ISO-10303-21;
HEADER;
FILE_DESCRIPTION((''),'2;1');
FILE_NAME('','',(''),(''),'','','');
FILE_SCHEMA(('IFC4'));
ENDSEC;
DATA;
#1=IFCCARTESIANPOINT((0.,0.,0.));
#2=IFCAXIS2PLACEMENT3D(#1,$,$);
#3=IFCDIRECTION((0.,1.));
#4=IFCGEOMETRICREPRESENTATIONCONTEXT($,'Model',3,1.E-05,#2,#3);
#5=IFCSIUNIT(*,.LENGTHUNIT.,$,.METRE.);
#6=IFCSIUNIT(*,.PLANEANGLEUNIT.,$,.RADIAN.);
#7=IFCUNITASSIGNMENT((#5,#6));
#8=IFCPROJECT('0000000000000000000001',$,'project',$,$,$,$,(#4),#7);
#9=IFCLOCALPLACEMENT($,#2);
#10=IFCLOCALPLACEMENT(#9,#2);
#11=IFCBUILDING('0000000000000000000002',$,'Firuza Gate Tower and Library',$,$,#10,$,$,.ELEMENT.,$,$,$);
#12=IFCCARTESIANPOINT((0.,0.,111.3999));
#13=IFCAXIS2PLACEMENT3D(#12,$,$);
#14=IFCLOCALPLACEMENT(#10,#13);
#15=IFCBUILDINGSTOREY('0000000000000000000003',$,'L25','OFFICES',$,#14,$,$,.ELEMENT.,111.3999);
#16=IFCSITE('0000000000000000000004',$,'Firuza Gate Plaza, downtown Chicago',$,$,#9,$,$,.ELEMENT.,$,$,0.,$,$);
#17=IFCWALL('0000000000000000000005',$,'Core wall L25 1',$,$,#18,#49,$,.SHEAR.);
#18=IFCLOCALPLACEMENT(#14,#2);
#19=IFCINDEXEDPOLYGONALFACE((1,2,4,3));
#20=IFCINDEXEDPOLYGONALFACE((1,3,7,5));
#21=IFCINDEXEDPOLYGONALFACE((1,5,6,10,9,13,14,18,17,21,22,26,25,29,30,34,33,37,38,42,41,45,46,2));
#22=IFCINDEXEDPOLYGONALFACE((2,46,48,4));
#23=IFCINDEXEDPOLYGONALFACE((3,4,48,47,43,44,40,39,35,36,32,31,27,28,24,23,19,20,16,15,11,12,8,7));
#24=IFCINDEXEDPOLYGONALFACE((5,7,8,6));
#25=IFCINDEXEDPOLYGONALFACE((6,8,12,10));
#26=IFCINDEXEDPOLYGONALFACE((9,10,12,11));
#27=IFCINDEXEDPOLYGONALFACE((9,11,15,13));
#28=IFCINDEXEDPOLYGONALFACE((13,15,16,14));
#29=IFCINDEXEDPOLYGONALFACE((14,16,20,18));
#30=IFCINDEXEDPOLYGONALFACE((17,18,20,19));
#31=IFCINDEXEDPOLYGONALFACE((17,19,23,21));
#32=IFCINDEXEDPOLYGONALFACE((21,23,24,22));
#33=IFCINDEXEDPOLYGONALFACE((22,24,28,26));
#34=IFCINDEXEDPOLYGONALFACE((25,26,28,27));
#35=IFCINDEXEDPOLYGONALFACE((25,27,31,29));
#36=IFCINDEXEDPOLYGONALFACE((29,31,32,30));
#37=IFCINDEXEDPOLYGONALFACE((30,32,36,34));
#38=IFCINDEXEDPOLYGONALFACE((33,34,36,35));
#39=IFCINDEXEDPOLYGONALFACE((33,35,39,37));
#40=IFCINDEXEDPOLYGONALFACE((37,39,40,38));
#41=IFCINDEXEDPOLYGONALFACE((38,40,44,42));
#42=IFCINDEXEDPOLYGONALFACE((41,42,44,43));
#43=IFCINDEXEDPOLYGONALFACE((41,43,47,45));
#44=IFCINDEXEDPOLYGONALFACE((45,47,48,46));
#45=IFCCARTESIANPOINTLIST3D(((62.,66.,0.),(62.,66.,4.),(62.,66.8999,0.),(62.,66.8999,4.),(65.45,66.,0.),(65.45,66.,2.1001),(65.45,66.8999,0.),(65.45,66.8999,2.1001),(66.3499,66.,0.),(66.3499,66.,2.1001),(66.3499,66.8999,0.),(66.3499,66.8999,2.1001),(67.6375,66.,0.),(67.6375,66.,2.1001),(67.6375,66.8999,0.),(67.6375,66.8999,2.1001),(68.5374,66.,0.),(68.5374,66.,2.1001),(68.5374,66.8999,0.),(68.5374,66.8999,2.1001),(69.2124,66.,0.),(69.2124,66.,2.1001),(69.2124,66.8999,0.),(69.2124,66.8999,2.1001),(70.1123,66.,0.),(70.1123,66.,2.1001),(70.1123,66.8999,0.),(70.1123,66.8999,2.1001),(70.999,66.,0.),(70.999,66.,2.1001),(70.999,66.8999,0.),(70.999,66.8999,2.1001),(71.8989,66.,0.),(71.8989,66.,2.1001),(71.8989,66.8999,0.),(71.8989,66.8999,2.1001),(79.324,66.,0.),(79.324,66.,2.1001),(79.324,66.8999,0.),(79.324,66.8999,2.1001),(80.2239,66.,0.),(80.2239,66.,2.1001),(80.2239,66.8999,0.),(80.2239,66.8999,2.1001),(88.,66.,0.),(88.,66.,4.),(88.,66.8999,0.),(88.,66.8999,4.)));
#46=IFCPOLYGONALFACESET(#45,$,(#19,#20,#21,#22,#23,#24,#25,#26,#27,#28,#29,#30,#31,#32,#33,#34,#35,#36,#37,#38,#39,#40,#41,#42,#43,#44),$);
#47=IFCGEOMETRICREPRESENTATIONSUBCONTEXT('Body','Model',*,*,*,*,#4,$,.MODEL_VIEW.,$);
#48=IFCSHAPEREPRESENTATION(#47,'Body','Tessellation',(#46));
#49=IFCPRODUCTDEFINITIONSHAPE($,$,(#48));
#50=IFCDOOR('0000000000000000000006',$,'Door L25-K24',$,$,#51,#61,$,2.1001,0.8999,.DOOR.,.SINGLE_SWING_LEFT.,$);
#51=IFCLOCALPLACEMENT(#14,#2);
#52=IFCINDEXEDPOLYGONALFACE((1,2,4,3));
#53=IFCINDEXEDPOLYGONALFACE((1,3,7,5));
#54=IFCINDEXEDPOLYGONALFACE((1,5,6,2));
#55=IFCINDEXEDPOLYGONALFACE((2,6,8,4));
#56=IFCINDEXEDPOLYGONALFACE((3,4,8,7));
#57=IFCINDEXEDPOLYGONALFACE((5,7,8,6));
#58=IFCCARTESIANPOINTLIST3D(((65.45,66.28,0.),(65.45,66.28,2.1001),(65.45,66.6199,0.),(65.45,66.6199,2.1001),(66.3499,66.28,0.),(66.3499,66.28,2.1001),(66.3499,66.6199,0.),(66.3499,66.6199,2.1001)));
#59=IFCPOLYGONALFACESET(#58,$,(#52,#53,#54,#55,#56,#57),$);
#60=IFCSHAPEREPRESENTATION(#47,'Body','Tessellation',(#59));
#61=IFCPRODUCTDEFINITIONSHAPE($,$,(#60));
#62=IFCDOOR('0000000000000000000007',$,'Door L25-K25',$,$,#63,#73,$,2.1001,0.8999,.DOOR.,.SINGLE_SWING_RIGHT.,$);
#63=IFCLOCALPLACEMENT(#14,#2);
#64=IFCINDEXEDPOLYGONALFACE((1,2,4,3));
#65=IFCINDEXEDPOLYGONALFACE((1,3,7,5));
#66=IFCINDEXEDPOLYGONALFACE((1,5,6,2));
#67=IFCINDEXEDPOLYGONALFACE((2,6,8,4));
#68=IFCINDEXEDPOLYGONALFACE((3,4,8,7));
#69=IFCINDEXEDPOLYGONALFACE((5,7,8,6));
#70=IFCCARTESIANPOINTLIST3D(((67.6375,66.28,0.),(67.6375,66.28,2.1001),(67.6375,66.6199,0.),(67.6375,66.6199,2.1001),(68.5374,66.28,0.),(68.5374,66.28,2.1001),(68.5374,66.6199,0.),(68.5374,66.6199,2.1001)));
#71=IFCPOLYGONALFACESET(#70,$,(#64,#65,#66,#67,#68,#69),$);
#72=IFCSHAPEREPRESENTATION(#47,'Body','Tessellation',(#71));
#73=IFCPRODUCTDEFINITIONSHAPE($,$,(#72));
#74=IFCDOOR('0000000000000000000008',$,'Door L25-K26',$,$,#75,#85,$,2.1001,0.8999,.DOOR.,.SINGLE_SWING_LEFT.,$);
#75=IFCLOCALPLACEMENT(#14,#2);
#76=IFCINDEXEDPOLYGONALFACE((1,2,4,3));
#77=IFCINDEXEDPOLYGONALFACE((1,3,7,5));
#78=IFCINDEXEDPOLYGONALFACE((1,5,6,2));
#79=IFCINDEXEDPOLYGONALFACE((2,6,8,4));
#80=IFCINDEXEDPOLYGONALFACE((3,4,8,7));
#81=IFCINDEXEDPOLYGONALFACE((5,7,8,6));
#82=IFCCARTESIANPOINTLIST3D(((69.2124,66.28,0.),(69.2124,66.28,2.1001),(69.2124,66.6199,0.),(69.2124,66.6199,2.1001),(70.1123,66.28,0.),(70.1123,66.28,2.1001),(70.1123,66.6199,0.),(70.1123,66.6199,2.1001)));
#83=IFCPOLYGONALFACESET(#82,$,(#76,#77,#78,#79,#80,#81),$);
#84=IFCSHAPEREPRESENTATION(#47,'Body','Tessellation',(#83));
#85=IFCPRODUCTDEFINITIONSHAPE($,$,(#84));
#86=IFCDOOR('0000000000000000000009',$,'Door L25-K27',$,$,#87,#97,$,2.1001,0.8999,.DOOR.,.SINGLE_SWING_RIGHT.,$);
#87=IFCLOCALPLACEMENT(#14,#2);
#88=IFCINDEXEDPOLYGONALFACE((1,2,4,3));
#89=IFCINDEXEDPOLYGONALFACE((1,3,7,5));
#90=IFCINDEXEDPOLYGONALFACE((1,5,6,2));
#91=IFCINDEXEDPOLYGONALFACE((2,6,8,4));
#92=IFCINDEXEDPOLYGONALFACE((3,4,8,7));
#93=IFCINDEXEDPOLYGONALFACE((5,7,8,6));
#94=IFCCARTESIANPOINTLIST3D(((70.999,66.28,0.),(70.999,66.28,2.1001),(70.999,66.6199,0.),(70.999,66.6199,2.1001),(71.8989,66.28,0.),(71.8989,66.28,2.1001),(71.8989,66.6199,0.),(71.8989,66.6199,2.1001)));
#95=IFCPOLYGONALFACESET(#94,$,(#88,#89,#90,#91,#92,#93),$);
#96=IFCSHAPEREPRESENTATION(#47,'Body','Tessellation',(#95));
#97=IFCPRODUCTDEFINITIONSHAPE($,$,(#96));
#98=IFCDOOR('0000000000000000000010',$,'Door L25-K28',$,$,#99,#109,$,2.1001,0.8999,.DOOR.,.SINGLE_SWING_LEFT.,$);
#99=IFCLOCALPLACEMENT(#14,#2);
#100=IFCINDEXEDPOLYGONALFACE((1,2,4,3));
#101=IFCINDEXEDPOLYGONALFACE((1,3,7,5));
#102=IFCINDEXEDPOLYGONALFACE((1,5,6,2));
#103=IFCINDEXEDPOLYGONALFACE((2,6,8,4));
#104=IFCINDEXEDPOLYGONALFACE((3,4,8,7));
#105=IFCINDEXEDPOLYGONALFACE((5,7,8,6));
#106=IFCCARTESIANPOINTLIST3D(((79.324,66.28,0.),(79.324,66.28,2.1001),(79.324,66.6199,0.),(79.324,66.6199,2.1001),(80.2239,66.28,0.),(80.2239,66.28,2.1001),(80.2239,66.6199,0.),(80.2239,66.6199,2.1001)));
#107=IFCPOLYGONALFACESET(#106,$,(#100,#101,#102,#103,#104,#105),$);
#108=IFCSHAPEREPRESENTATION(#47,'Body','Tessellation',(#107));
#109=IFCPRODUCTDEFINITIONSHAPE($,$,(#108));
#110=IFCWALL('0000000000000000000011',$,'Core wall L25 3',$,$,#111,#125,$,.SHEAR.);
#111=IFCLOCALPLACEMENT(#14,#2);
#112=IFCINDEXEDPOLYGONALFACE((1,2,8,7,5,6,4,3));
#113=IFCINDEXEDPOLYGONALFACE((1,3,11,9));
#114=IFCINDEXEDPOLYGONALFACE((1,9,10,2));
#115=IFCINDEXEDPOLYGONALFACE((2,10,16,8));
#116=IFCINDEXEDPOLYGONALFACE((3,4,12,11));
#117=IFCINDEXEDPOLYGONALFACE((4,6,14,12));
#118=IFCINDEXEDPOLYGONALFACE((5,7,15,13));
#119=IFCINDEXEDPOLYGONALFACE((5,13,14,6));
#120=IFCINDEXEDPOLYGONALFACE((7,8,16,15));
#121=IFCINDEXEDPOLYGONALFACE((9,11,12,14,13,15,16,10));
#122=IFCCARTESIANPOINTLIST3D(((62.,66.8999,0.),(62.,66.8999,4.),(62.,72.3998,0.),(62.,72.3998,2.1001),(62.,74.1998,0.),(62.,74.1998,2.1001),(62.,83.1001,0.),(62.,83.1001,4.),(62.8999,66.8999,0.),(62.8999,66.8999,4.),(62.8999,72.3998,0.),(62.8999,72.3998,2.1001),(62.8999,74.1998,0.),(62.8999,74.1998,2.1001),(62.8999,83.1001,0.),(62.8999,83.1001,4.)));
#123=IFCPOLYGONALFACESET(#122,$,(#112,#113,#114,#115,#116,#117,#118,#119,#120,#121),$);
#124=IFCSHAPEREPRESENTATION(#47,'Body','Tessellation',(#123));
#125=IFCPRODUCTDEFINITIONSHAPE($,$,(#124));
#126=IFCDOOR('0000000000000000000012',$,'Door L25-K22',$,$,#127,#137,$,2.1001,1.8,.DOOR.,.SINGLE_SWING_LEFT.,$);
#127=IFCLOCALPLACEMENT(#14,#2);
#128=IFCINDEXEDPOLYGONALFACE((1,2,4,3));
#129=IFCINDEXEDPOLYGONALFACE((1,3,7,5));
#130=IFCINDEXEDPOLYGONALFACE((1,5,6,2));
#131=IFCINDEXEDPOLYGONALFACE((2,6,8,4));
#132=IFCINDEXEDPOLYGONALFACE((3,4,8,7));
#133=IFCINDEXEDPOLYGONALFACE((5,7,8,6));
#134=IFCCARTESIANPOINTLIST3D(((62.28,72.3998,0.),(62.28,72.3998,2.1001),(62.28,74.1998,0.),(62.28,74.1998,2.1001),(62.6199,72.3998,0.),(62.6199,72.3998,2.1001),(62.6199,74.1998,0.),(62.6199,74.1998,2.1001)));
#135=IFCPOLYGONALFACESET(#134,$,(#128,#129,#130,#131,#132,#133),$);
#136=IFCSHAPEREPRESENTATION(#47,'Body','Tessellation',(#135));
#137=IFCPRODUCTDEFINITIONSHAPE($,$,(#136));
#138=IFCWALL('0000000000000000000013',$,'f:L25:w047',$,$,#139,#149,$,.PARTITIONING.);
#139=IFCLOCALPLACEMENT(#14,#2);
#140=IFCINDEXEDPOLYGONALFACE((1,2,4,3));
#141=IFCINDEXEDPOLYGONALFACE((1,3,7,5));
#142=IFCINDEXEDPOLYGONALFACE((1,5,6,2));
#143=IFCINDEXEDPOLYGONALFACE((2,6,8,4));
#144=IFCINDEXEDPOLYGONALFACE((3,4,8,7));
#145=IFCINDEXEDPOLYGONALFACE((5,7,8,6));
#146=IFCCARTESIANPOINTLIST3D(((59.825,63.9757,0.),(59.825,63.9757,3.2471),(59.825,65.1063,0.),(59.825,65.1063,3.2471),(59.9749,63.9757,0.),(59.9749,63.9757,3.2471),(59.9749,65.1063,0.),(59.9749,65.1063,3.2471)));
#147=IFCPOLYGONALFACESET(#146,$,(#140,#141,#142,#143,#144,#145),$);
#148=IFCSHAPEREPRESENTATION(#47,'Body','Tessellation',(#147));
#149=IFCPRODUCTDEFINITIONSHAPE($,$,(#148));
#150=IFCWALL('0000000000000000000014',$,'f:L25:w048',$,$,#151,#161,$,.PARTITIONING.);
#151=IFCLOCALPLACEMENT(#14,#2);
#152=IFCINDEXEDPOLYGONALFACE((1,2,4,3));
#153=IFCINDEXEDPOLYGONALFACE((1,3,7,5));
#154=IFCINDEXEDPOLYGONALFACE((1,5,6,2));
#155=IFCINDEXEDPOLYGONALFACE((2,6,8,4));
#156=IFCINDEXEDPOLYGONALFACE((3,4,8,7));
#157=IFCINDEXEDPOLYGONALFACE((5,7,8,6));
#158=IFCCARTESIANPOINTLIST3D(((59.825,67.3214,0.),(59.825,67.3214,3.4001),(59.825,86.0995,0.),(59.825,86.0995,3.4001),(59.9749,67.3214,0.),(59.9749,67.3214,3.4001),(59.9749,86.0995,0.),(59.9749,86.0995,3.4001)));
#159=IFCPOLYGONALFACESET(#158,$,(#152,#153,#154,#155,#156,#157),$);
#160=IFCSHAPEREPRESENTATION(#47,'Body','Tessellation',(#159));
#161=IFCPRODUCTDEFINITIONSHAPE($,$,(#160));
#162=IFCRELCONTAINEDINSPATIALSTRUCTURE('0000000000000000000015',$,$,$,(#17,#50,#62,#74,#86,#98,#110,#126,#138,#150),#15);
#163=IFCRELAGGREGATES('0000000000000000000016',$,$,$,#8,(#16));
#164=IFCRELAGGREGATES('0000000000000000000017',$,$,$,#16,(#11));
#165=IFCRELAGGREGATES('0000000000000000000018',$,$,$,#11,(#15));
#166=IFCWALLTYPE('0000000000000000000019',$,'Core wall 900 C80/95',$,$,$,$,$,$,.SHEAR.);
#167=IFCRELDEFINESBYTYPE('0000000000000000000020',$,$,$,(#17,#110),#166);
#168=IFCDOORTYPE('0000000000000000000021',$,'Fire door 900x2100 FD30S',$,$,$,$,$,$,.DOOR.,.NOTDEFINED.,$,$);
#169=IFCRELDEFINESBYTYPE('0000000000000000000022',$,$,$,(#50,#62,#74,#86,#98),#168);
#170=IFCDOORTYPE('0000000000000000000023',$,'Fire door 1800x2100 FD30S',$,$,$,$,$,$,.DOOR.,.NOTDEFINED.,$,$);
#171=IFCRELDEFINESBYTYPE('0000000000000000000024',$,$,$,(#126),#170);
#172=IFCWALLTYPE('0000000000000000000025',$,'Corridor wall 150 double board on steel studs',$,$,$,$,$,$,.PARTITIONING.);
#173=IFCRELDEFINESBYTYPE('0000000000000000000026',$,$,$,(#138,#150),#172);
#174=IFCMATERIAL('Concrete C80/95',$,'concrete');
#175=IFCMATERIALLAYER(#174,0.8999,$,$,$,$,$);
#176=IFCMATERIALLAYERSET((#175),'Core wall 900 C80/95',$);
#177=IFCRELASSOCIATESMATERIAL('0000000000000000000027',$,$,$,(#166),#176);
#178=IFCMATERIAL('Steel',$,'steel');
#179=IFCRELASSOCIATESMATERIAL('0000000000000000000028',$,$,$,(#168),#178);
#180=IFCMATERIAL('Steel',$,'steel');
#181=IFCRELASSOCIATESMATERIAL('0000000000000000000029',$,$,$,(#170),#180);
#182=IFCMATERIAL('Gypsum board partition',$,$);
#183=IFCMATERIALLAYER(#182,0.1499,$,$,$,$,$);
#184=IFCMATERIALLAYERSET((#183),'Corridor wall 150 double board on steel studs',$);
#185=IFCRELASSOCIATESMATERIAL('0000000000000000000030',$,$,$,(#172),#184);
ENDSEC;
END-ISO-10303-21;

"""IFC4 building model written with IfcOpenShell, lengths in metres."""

from ifc_helpers import new_model, si_unit, direction, frame, frame_2d, origin, place, context, subcontext, project, spatial, rectangle, extrude, material, layer, layer_set, type_object, element, fill, save


model = new_model("IFC4")

# Units and contexts
model_context = context("Model", 3, precision=1e-05, world=origin(), true_north=direction((0.0, 1.0)))
body_context = subcontext(model_context, "Body", "Model", "MODEL_VIEW")
ifc_project = project(units=[si_unit("LENGTHUNIT", "METRE"), si_unit("PLANEANGLEUNIT", "RADIAN")], contexts=[model_context])

# Site, building, storey
site_placement = place(None, origin())
site = spatial("IfcSite", under=ifc_project, at=site_placement, Name="Firuza Gate Plaza, downtown Chicago", CompositionType="ELEMENT", RefElevation=0.0)
building_placement = place(site_placement, origin())
building = spatial("IfcBuilding", under=site, at=building_placement, Name="Firuza Gate Tower and Library", CompositionType="ELEMENT")
storey_placement = place(building_placement, frame((0.0, 0.0, 111.3999)))
storey = spatial("IfcBuildingStorey", under=building, at=storey_placement, Name="L25", Description="OFFICES", CompositionType="ELEMENT", Elevation=111.3999)

# Wall, openings, doors
ifc_material_1 = material(Name="Concrete C80/95", Category="concrete")
ifc_layer_1 = layer(ifc_material_1, 0.8999)
ifc_layer_set_1 = layer_set([ifc_layer_1], Name="Core wall 900 C80/95")
wall_type_1 = type_object("IfcWallType", Name="Core wall 900 C80/95", PredefinedType="SHEAR", material=ifc_layer_set_1)
wall_1_placement = place(storey_placement, frame((62.0, 66.45, 0.0), z_axis=(0.0, 0.0, 1.0), x_axis=(1.0, 0.0, 0.0)))
wall_1 = element("IfcWall", 1, at=wall_1_placement, inside=storey, type_object=wall_type_1, Name="Core wall L25 1", PredefinedType="SHEAR", context=body_context, shape_type="SweptSolid", body=[
    extrude(rectangle(XDim=26.0, YDim=0.8999, at=frame_2d((13.0, 0.0))), origin(), (0.0, 0.0, 1.0), 4.0),
])
opening_1_placement = place(wall_1_placement, frame((3.45, 0.0, 0.0)))
opening_1 = element("IfcOpeningElement", 2, at=opening_1_placement, cuts=wall_1, PredefinedType="OPENING", context=body_context, shape_type="SweptSolid", body=[
    extrude(rectangle(XDim=0.8999, YDim=2.1001, at=frame_2d((0.45, 1.05))), frame((0.0, 0.46, 0.0), z_axis=(0.0, -1.0, 0.0), x_axis=(1.0, 0.0, 0.0)), (0.0, 0.0, 1.0), 0.9199),
])
opening_2_placement = place(wall_1_placement, frame((5.6375, 0.0, 0.0)))
opening_2 = element("IfcOpeningElement", 3, at=opening_2_placement, cuts=wall_1, PredefinedType="OPENING", context=body_context, shape_type="SweptSolid", body=[
    extrude(rectangle(XDim=0.8999, YDim=2.1001, at=frame_2d((0.45, 1.05))), frame((0.0, 0.46, 0.0), z_axis=(0.0, -1.0, 0.0), x_axis=(1.0, 0.0, 0.0)), (0.0, 0.0, 1.0), 0.9199),
])
opening_3_placement = place(wall_1_placement, frame((7.2124, 0.0, 0.0)))
opening_3 = element("IfcOpeningElement", 4, at=opening_3_placement, cuts=wall_1, PredefinedType="OPENING", context=body_context, shape_type="SweptSolid", body=[
    extrude(rectangle(XDim=0.8999, YDim=2.1001, at=frame_2d((0.45, 1.05))), frame((0.0, 0.46, 0.0), z_axis=(0.0, -1.0, 0.0), x_axis=(1.0, 0.0, 0.0)), (0.0, 0.0, 1.0), 0.9199),
])
opening_4_placement = place(wall_1_placement, frame((8.999, 0.0, 0.0)))
opening_4 = element("IfcOpeningElement", 5, at=opening_4_placement, cuts=wall_1, PredefinedType="OPENING", context=body_context, shape_type="SweptSolid", body=[
    extrude(rectangle(XDim=0.8999, YDim=2.1001, at=frame_2d((0.45, 1.05))), frame((0.0, 0.46, 0.0), z_axis=(0.0, -1.0, 0.0), x_axis=(1.0, 0.0, 0.0)), (0.0, 0.0, 1.0), 0.9199),
])
opening_5_placement = place(wall_1_placement, frame((17.324, 0.0, 0.0)))
opening_5 = element("IfcOpeningElement", 6, at=opening_5_placement, cuts=wall_1, PredefinedType="OPENING", context=body_context, shape_type="SweptSolid", body=[
    extrude(rectangle(XDim=0.8999, YDim=2.1001, at=frame_2d((0.45, 1.05))), frame((0.0, 0.46, 0.0), z_axis=(0.0, -1.0, 0.0), x_axis=(1.0, 0.0, 0.0)), (0.0, 0.0, 1.0), 0.9199),
])
ifc_material_2 = material(Name="Steel", Category="steel")
door_type_1 = type_object("IfcDoorType", Name="Fire door 900x2100 FD30S", OperationType="NOTDEFINED", PredefinedType="DOOR", material=ifc_material_2)
door_1_placement = place(opening_1_placement, origin())
door_1 = element("IfcDoor", 7, at=door_1_placement, inside=storey, type_object=door_type_1, Name="Door L25-K24", OperationType="SINGLE_SWING_LEFT", OverallHeight=2.1001, OverallWidth=0.8999, PredefinedType="DOOR", context=body_context, shape_type="SweptSolid", body=[
    extrude(rectangle(XDim=0.8999, YDim=2.1001, at=frame_2d((0.45, 1.05))), frame((0.0, 0.1699, 0.0), z_axis=(0.0, -1.0, 0.0), x_axis=(1.0, 0.0, 0.0)), (0.0, 0.0, 1.0), 0.3398),
])
fill(opening_1, door_1)
door_2_placement = place(opening_2_placement, origin())
door_2 = element("IfcDoor", 8, at=door_2_placement, inside=storey, type_object=door_type_1, Name="Door L25-K25", OperationType="SINGLE_SWING_RIGHT", OverallHeight=2.1001, OverallWidth=0.8999, PredefinedType="DOOR", context=body_context, shape_type="SweptSolid", body=[
    extrude(rectangle(XDim=0.8999, YDim=2.1001, at=frame_2d((0.45, 1.05))), frame((0.0, 0.1699, 0.0), z_axis=(0.0, -1.0, 0.0), x_axis=(1.0, 0.0, 0.0)), (0.0, 0.0, 1.0), 0.3398),
])
fill(opening_2, door_2)
door_3_placement = place(opening_3_placement, origin())
door_3 = element("IfcDoor", 9, at=door_3_placement, inside=storey, type_object=door_type_1, Name="Door L25-K26", OperationType="SINGLE_SWING_LEFT", OverallHeight=2.1001, OverallWidth=0.8999, PredefinedType="DOOR", context=body_context, shape_type="SweptSolid", body=[
    extrude(rectangle(XDim=0.8999, YDim=2.1001, at=frame_2d((0.45, 1.05))), frame((0.0, 0.1699, 0.0), z_axis=(0.0, -1.0, 0.0), x_axis=(1.0, 0.0, 0.0)), (0.0, 0.0, 1.0), 0.3398),
])
fill(opening_3, door_3)
door_4_placement = place(opening_4_placement, origin())
door_4 = element("IfcDoor", 10, at=door_4_placement, inside=storey, type_object=door_type_1, Name="Door L25-K27", OperationType="SINGLE_SWING_RIGHT", OverallHeight=2.1001, OverallWidth=0.8999, PredefinedType="DOOR", context=body_context, shape_type="SweptSolid", body=[
    extrude(rectangle(XDim=0.8999, YDim=2.1001, at=frame_2d((0.45, 1.05))), frame((0.0, 0.1699, 0.0), z_axis=(0.0, -1.0, 0.0), x_axis=(1.0, 0.0, 0.0)), (0.0, 0.0, 1.0), 0.3398),
])
fill(opening_4, door_4)
door_5_placement = place(opening_5_placement, origin())
door_5 = element("IfcDoor", 11, at=door_5_placement, inside=storey, type_object=door_type_1, Name="Door L25-K28", OperationType="SINGLE_SWING_LEFT", OverallHeight=2.1001, OverallWidth=0.8999, PredefinedType="DOOR", context=body_context, shape_type="SweptSolid", body=[
    extrude(rectangle(XDim=0.8999, YDim=2.1001, at=frame_2d((0.45, 1.05))), frame((0.0, 0.1699, 0.0), z_axis=(0.0, -1.0, 0.0), x_axis=(1.0, 0.0, 0.0)), (0.0, 0.0, 1.0), 0.3398),
])
fill(opening_5, door_5)

# Wall, opening, door
wall_2_placement = place(storey_placement, frame((62.45, 66.8999, 0.0), z_axis=(0.0, 0.0, 1.0), x_axis=(0.0, 1.0, 0.0)))
wall_2 = element("IfcWall", 12, at=wall_2_placement, inside=storey, type_object=wall_type_1, Name="Core wall L25 3", PredefinedType="SHEAR", context=body_context, shape_type="SweptSolid", body=[
    extrude(rectangle(XDim=16.2002, YDim=0.8999, at=frame_2d((8.1001, 0.0))), origin(), (0.0, 0.0, 1.0), 4.0),
])
opening_6_placement = place(wall_2_placement, frame((5.5, 0.0, 0.0)))
opening_6 = element("IfcOpeningElement", 13, at=opening_6_placement, cuts=wall_2, PredefinedType="OPENING", context=body_context, shape_type="SweptSolid", body=[
    extrude(rectangle(XDim=1.8, YDim=2.1001, at=frame_2d((0.8999, 1.05))), frame((0.0, 0.46, 0.0), z_axis=(0.0, -1.0, 0.0), x_axis=(1.0, 0.0, 0.0)), (0.0, 0.0, 1.0), 0.9199),
])
ifc_material_3 = material(Name="Steel", Category="steel")
door_type_2 = type_object("IfcDoorType", Name="Fire door 1800x2100 FD30S", OperationType="NOTDEFINED", PredefinedType="DOOR", material=ifc_material_3)
door_6_placement = place(opening_6_placement, origin())
door_6 = element("IfcDoor", 14, at=door_6_placement, inside=storey, type_object=door_type_2, Name="Door L25-K22", OperationType="SINGLE_SWING_LEFT", OverallHeight=2.1001, OverallWidth=1.8, PredefinedType="DOOR", context=body_context, shape_type="SweptSolid", body=[
    extrude(rectangle(XDim=1.8, YDim=2.1001, at=frame_2d((0.8999, 1.05))), frame((0.0, 0.1699, 0.0), z_axis=(0.0, -1.0, 0.0), x_axis=(1.0, 0.0, 0.0)), (0.0, 0.0, 1.0), 0.3398),
])
fill(opening_6, door_6)

# Walls
ifc_material_4 = material(Name="Gypsum board partition")
ifc_layer_2 = layer(ifc_material_4, 0.1499)
ifc_layer_set_2 = layer_set([ifc_layer_2], Name="Corridor wall 150 double board on steel studs")
wall_type_2 = type_object("IfcWallType", Name="Corridor wall 150 double board on steel studs", PredefinedType="PARTITIONING", material=ifc_layer_set_2)
wall_3_placement = place(storey_placement, frame((59.8999, 63.9756, 0.0), z_axis=(0.0, 0.0, 1.0), x_axis=(0.0, 1.0, 0.0)))
element("IfcWall", 15, at=wall_3_placement, inside=storey, type_object=wall_type_2, Name="f:L25:w047", PredefinedType="PARTITIONING", context=body_context, shape_type="SweptSolid", body=[
    extrude(rectangle(XDim=1.1306, YDim=0.1499, at=frame_2d((0.5654, 0.0))), origin(), (0.0, 0.0, 1.0), 3.2471),
])
wall_4_placement = place(storey_placement, frame((59.8999, 67.3213, 0.0), z_axis=(0.0, 0.0, 1.0), x_axis=(0.0, 1.0, 0.0)))
element("IfcWall", 16, at=wall_4_placement, inside=storey, type_object=wall_type_2, Name="f:L25:w048", PredefinedType="PARTITIONING", context=body_context, shape_type="SweptSolid", body=[
    extrude(rectangle(XDim=18.7781, YDim=0.1499, at=frame_2d((9.3892, 0.0))), origin(), (0.0, 0.0, 1.0), 3.4001),
])

save(model, "model.ifc")
